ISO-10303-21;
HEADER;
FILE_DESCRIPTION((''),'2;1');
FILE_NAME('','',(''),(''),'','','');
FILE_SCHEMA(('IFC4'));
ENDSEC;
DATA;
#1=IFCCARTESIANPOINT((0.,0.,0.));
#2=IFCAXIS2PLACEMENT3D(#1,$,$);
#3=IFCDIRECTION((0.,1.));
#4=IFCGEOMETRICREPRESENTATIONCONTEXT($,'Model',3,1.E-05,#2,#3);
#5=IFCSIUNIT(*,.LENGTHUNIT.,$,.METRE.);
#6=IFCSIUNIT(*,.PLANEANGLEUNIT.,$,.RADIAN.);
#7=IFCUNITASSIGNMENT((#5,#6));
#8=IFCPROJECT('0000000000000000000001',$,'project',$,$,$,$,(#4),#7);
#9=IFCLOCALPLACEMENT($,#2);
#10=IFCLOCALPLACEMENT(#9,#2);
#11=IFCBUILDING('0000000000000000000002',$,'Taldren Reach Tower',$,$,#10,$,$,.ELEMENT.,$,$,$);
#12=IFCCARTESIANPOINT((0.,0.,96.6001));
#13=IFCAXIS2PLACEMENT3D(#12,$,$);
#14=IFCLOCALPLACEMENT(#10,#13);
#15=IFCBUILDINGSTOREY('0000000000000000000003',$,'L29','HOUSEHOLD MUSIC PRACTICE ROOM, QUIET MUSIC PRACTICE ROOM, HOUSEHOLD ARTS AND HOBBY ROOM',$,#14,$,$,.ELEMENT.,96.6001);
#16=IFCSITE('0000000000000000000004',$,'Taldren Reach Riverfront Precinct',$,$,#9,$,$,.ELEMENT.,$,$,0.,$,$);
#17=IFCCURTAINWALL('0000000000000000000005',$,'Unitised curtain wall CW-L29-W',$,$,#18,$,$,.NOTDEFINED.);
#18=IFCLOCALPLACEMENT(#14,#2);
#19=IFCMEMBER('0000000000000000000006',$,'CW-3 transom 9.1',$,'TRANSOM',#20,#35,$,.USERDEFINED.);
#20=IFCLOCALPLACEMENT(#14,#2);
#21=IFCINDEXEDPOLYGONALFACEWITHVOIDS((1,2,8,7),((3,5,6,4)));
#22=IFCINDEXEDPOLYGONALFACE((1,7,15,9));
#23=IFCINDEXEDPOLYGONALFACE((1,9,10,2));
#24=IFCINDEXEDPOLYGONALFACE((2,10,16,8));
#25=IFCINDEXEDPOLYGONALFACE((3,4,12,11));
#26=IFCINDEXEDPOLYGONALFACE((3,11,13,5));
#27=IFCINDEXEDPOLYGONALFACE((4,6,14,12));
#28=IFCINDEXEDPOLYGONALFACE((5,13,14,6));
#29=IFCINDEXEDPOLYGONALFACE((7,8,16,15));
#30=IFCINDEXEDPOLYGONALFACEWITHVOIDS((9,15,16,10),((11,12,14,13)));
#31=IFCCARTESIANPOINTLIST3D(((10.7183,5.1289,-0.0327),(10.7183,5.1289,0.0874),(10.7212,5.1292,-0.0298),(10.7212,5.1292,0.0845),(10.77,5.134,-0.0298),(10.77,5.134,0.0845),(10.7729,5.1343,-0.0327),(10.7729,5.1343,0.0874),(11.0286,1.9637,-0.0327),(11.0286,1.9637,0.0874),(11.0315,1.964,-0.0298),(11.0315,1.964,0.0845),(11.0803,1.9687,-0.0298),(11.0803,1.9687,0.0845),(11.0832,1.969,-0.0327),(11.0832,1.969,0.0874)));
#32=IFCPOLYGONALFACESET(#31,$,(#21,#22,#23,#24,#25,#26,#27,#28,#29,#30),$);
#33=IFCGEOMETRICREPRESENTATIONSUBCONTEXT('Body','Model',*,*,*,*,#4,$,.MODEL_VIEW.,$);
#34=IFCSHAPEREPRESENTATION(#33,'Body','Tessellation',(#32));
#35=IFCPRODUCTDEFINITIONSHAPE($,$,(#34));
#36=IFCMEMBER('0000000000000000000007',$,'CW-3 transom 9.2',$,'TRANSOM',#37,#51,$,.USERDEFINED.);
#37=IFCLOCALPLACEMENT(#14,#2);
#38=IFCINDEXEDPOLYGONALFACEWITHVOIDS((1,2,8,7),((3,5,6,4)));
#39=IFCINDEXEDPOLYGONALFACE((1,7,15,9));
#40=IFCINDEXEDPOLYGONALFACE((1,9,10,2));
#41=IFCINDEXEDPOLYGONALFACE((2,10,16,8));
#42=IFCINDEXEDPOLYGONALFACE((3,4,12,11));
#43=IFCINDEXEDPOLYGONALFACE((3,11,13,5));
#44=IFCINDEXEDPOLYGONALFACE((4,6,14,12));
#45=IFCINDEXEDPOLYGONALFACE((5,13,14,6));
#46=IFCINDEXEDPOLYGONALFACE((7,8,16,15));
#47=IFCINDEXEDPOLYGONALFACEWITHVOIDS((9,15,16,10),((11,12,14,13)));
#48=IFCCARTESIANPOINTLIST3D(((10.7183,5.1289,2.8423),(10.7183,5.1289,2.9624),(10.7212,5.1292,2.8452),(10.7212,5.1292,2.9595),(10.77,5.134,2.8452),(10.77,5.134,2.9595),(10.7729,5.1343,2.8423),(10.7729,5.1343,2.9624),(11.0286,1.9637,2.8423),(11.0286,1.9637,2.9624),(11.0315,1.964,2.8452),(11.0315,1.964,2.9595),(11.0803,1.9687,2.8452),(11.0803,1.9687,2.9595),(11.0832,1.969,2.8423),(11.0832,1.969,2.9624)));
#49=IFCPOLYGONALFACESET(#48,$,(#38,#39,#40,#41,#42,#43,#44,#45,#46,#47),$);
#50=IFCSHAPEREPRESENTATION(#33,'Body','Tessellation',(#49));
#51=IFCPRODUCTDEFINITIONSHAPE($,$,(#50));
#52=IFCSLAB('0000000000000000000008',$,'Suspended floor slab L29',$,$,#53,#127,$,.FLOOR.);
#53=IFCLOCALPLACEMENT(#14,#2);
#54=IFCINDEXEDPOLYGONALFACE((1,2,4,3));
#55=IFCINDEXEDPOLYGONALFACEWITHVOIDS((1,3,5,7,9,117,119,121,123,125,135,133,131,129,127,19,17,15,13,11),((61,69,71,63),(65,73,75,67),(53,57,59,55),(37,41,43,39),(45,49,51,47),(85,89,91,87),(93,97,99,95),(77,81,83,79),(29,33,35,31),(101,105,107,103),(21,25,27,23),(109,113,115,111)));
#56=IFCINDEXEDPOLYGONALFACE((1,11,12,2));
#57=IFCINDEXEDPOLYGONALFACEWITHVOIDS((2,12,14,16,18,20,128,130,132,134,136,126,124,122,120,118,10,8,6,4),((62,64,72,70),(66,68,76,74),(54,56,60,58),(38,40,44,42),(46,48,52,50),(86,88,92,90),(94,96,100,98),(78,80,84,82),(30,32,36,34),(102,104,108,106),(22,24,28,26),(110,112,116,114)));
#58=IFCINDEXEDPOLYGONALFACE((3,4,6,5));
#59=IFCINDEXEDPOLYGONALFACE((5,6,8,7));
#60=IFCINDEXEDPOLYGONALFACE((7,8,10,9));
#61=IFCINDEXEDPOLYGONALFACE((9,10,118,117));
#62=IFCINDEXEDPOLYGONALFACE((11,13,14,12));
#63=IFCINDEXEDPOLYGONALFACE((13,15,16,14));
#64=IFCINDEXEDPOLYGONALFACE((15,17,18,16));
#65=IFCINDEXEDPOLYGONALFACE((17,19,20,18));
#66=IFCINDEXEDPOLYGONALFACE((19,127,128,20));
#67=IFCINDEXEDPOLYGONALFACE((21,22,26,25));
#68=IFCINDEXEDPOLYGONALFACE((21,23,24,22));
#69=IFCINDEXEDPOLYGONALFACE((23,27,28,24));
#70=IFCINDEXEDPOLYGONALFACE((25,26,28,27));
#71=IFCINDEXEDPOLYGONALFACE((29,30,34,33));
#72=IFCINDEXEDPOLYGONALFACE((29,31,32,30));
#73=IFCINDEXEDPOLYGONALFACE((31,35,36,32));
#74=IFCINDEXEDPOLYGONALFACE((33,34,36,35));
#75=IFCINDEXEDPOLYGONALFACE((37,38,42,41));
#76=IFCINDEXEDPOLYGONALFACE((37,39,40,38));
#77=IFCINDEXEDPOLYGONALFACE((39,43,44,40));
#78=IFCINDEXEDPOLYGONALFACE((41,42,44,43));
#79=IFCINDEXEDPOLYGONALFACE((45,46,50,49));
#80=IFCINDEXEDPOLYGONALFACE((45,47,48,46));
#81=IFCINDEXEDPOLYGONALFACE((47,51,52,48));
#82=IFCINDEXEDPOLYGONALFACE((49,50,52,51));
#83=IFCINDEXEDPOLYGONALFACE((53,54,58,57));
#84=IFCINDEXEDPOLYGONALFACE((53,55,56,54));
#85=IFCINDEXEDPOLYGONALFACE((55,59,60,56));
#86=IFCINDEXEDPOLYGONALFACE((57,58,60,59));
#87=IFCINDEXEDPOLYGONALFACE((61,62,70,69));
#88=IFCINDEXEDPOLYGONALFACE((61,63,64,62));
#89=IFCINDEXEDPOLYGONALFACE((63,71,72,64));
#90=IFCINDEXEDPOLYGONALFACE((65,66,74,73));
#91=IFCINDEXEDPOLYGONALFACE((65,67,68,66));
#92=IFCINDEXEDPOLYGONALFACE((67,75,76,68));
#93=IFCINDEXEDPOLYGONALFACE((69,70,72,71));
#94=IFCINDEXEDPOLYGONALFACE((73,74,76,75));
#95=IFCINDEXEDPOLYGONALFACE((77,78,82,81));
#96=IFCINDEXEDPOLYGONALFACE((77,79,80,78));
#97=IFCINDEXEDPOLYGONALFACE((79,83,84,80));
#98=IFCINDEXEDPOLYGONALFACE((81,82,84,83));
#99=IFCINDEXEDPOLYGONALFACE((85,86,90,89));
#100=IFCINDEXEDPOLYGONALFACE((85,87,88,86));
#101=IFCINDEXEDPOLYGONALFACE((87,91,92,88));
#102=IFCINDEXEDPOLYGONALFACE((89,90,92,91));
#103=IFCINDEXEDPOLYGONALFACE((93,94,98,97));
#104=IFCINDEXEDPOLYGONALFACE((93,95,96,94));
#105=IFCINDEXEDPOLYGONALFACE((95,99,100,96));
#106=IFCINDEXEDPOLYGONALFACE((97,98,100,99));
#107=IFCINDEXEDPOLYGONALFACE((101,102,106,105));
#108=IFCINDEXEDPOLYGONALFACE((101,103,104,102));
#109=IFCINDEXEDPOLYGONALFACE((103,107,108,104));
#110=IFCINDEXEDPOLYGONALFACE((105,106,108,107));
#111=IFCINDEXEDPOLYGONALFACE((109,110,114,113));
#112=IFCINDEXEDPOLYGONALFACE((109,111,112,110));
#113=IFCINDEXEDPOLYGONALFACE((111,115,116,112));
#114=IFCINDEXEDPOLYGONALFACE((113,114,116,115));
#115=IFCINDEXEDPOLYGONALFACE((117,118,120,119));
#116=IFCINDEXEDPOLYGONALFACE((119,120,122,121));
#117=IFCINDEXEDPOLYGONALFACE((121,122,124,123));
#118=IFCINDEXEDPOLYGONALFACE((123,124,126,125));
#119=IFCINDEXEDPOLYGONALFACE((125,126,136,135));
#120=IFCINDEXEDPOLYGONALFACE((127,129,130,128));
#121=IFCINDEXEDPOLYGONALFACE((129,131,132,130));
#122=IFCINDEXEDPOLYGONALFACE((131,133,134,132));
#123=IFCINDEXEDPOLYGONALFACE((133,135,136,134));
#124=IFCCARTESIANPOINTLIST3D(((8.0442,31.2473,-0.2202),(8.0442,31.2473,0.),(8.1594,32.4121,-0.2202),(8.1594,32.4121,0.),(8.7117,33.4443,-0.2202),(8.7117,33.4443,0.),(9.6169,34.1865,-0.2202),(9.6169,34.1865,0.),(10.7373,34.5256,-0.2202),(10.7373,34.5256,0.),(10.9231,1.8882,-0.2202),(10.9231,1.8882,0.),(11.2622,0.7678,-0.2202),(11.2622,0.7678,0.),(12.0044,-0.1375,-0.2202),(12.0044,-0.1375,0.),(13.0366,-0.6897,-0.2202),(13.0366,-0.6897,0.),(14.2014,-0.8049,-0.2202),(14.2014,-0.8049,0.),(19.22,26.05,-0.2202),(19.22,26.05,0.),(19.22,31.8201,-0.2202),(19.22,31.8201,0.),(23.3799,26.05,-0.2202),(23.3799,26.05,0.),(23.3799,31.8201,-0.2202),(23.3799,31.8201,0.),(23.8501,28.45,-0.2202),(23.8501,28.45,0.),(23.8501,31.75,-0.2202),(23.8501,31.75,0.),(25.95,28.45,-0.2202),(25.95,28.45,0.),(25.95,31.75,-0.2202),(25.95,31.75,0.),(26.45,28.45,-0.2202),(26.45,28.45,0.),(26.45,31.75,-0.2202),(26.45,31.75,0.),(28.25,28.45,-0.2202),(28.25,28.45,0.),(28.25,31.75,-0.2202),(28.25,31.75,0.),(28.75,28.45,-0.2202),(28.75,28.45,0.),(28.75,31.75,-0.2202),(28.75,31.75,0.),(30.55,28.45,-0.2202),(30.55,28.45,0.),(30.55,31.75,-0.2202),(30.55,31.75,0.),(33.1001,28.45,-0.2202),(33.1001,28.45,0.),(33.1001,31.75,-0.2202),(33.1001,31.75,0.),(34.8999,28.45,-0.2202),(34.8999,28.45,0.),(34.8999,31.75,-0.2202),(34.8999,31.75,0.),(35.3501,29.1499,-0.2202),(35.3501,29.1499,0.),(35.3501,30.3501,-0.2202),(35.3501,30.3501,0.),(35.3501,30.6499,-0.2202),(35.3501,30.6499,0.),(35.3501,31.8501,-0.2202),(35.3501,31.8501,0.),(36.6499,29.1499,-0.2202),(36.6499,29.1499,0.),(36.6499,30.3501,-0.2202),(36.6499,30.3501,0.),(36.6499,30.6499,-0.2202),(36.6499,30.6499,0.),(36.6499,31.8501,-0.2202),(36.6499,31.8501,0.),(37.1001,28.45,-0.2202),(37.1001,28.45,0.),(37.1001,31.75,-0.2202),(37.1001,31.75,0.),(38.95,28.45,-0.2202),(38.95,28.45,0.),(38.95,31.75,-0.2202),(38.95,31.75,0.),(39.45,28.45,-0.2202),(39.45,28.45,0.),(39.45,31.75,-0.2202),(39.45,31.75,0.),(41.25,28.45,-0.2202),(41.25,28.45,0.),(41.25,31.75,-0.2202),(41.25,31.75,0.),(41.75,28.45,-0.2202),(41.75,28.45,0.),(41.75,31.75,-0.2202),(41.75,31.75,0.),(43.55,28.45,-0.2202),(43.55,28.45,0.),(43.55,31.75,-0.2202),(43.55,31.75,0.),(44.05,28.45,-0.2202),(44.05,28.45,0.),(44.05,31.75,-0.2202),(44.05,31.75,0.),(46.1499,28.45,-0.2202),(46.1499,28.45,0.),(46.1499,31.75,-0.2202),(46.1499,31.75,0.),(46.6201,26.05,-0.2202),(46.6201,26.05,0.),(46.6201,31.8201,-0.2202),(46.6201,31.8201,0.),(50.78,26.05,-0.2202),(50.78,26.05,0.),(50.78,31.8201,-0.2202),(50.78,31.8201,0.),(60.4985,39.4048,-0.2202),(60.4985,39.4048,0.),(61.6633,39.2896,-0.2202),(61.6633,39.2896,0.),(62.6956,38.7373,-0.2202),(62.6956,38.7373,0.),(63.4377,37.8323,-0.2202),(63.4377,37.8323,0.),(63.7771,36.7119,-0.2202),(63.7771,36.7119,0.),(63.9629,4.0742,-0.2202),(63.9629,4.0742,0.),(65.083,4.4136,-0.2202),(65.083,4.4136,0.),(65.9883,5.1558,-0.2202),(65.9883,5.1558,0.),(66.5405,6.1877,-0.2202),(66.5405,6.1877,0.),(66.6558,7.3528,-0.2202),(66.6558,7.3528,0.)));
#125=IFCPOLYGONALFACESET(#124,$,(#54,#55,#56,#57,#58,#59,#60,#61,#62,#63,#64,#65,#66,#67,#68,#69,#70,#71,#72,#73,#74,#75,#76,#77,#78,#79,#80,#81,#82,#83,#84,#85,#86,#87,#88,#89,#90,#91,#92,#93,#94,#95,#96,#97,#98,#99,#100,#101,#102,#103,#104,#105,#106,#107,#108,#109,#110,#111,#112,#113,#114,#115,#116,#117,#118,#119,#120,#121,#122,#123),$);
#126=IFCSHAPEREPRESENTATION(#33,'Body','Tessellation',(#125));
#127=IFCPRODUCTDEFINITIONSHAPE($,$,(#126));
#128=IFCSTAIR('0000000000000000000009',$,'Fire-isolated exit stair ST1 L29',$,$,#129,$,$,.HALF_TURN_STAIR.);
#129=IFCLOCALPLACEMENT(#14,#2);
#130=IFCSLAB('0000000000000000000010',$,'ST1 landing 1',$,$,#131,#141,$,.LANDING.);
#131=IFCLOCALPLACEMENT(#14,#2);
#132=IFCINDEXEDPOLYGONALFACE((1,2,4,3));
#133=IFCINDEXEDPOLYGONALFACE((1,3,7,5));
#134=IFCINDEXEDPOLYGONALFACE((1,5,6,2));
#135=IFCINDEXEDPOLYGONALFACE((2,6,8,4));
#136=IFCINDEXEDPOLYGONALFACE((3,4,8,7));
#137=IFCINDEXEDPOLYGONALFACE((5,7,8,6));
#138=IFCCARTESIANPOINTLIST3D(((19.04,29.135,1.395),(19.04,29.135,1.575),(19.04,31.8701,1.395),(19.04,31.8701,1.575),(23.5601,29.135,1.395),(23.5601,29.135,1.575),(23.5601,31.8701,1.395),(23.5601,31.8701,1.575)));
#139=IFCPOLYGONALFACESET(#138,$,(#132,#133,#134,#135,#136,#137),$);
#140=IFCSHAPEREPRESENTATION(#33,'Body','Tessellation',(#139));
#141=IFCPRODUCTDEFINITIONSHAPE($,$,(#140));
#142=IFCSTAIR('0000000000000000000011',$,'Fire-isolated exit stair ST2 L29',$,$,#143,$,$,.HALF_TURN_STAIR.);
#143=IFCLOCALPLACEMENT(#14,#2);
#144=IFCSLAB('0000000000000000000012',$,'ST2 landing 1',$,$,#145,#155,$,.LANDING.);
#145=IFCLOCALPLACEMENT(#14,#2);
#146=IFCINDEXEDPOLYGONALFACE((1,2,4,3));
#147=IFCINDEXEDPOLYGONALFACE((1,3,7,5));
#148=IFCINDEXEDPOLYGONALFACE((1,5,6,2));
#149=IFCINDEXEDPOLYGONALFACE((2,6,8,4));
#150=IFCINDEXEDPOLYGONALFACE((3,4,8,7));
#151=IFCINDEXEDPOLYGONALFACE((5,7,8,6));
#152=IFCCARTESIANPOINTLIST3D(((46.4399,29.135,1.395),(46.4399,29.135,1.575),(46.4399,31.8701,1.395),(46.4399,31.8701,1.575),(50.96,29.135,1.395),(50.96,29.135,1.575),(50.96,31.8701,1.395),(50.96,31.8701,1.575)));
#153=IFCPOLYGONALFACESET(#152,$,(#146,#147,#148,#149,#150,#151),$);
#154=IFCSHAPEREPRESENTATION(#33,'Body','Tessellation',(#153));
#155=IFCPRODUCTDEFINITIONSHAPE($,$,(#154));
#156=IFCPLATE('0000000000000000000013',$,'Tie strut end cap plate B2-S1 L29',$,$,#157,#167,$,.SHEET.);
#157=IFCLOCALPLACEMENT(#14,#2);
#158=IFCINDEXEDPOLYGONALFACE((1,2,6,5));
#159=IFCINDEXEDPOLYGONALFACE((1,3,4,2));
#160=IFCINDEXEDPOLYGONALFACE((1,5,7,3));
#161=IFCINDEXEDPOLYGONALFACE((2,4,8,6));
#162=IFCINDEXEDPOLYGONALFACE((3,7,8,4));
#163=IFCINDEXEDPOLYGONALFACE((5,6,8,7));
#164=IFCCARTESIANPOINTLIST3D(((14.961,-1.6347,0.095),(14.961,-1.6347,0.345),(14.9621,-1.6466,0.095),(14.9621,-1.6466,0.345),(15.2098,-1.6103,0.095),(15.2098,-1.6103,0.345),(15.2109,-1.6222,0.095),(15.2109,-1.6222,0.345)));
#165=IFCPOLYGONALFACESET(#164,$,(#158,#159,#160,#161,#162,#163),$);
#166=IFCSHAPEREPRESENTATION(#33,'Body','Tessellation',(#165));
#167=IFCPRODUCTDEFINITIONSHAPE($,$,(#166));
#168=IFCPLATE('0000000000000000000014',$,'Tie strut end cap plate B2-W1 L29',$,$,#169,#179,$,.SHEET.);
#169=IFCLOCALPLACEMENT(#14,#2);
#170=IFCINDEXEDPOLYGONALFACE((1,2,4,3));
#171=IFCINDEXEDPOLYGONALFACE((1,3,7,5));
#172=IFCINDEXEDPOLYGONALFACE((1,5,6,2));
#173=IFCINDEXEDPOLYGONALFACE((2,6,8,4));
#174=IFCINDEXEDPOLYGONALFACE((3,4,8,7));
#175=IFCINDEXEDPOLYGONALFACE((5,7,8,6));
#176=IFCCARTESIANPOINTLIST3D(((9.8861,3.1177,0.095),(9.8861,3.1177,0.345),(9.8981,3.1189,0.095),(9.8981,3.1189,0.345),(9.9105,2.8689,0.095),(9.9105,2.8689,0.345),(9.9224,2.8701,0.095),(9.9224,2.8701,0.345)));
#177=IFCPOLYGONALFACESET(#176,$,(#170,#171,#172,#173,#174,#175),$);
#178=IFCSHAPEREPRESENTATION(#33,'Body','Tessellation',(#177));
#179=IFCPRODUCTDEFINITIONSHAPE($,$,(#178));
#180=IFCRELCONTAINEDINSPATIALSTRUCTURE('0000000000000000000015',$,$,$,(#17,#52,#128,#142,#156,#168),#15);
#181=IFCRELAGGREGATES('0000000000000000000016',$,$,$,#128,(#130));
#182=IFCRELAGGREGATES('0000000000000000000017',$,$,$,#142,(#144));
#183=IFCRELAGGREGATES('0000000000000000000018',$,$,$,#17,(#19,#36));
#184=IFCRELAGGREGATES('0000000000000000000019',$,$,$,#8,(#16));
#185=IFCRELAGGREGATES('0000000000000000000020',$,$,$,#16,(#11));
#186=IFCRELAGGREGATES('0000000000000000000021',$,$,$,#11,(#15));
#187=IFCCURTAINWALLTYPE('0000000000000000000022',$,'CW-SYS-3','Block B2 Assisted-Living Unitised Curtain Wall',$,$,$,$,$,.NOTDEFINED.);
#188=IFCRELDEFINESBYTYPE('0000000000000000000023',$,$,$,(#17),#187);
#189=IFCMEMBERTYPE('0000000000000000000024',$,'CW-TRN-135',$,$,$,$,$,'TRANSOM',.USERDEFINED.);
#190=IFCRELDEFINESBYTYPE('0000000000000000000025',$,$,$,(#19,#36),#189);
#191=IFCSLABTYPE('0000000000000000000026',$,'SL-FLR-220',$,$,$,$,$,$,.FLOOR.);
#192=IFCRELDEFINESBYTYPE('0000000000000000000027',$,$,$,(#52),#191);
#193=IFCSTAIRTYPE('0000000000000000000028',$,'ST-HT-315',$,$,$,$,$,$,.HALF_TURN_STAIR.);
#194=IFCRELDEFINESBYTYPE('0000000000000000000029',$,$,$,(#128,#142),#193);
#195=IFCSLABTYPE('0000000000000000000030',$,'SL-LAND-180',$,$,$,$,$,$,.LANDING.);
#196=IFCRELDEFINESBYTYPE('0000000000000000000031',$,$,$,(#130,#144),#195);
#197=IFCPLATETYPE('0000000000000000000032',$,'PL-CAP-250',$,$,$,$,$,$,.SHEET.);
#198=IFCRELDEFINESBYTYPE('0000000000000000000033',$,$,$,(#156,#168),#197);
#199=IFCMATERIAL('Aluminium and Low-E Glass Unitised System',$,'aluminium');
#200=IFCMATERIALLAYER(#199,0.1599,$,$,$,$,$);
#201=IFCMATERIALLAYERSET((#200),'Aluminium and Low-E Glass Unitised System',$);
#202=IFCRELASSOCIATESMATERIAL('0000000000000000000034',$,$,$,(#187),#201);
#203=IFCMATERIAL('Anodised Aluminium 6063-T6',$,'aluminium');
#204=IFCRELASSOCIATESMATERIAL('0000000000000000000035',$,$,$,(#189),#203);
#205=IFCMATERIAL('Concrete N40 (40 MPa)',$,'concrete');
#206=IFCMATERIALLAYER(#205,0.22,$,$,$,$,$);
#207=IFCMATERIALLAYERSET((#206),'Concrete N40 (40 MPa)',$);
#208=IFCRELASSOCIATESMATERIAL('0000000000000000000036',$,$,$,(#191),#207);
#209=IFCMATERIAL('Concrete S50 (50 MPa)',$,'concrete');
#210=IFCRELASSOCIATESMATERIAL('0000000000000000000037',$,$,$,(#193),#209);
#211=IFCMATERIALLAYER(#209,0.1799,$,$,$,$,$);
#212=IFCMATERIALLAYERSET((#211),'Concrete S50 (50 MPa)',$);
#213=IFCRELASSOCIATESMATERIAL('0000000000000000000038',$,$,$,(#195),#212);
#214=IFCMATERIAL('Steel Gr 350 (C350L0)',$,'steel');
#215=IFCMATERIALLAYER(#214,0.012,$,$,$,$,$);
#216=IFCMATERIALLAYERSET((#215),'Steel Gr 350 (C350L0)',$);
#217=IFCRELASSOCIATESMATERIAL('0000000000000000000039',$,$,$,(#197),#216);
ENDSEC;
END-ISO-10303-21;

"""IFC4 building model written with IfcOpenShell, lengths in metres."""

from ifc_helpers import new_model, si_unit, direction, frame, origin, origin_2d, place, context, subcontext, project, spatial, polyline, rectangle, hollow_rectangle, outline, extrude, source, transform, mapped, material, layer, layer_set, material_profile, profile_set, type_object, element, aggregate, save


model = new_model("IFC4")

# Units and contexts
model_context = context("Model", 3, precision=1e-05, world=origin(), true_north=direction((0.0, 1.0)))
body_context = subcontext(model_context, "Body", "Model", "MODEL_VIEW")
ifc_project = project(units=[si_unit("LENGTHUNIT", "METRE"), si_unit("PLANEANGLEUNIT", "RADIAN")], contexts=[model_context])

# Site, building, storey
site_placement = place(None, origin())
site = spatial("IfcSite", under=ifc_project, at=site_placement, Name="Taldren Reach Riverfront Precinct", CompositionType="ELEMENT", RefElevation=0.0)
building_placement = place(site_placement, origin())
building = spatial("IfcBuilding", under=site, at=building_placement, Name="Taldren Reach Tower", CompositionType="ELEMENT")
storey_placement = place(building_placement, frame((0.0, 0.0, 96.6001)))
storey = spatial("IfcBuildingStorey", under=building, at=storey_placement, Name="L29", Description="HOUSEHOLD MUSIC PRACTICE ROOM, QUIET MUSIC PRACTICE ROOM, HOUSEHOLD ARTS AND HOBBY ROOM", CompositionType="ELEMENT", Elevation=96.6001)

# Shared definitions
ifc_material_1 = material(Name="Steel Gr 350 (C350L0)", Category="steel")

# Shared definitions
ifc_material_2 = material(Name="Aluminium and Low-E Glass Unitised System", Category="aluminium")
ifc_layer_1 = layer(ifc_material_2, 0.1599)
ifc_layer_set_1 = layer_set([ifc_layer_1], Name="Aluminium and Low-E Glass Unitised System")
curtain_wall_type = type_object("IfcCurtainWallType", Name="CW-SYS-3", Description="Block B2 Assisted-Living Unitised Curtain Wall", PredefinedType="NOTDEFINED", material=ifc_layer_set_1)
ifc_material_3 = material(Name="Anodised Aluminium 6063-T6", Category="aluminium")

# Curtain wall
curtain_wall_1_placement = place(storey_placement, origin())
curtain_wall_1 = element("IfcCurtainWall", 1, at=curtain_wall_1_placement, inside=storey, type_object=curtain_wall_type, Name="Unitised curtain wall CW-L29-W", PredefinedType="NOTDEFINED")

# Members
ifc_material_profile_1 = material_profile(ifc_material_3, hollow_rectangle(XDim=0.0549, YDim=0.1201, WallThickness=0.0029, at=origin_2d()), Name="ALU-120x55x3RHS")
ifc_profile_set_1 = profile_set([ifc_material_profile_1], Name="Anodised Aluminium 6063-T6")
member_type_1 = type_object("IfcMemberType", Name="CW-TRN-135", ElementType="TRANSOM", PredefinedType="USERDEFINED", material=ifc_profile_set_1)
shared_shape_1 = source(origin(), body_context, "Body", "SweptSolid", [
    extrude(hollow_rectangle(XDim=0.0549, YDim=0.1201, WallThickness=0.0029, at=origin_2d()), origin(), (0.0, 0.0, 1.0), 3.1804),
])
member_1_placement = place(storey_placement, frame((10.7456, 5.1316, 0.0273), z_axis=(0.097565, -0.995229, 0.0), x_axis=(0.995229, 0.097565, 0.0)))
member_1 = element("IfcMember", 2, at=member_1_placement, type_object=member_type_1, Name="CW-3 transom 9.1", ObjectType="TRANSOM", PredefinedType="USERDEFINED", context=body_context, shape_type="MappedRepresentation", body=[
    mapped(shared_shape_1, transform((0.0, 0.0, 0.0), scale=1.0)),
])
member_2_placement = place(storey_placement, frame((10.7456, 5.1316, 2.9023), z_axis=(0.097565, -0.995229, 0.0), x_axis=(0.995229, 0.097565, 0.0)))
member_2 = element("IfcMember", 3, at=member_2_placement, type_object=member_type_1, Name="CW-3 transom 9.2", ObjectType="TRANSOM", PredefinedType="USERDEFINED", context=body_context, shape_type="MappedRepresentation", body=[
    mapped(shared_shape_1, transform((0.0, 0.0, 0.0), scale=1.0)),
])

# Slab
ifc_material_4 = material(Name="Concrete N40 (40 MPa)", Category="concrete")
ifc_layer_2 = layer(ifc_material_4, 0.22)
ifc_layer_set_2 = layer_set([ifc_layer_2], Name="Concrete N40 (40 MPa)")
slab_type_1 = type_object("IfcSlabType", Name="SL-FLR-220", PredefinedType="FLOOR", material=ifc_layer_set_2)
slab_1_placement = place(storey_placement, frame((0.0, 0.0, -0.2202)))
element("IfcSlab", 4, at=slab_1_placement, inside=storey, type_object=slab_type_1, Name="Suspended floor slab L29", PredefinedType="FLOOR", context=body_context, shape_type="SweptSolid", body=[
    extrude(outline(polyline([(63.9629, 4.0742), (65.083, 4.4136), (65.9883, 5.1558), (66.5405, 6.1877), (66.6558, 7.3528), (63.7771, 36.7119), (63.4377, 37.8323), (62.6956, 38.7373), (61.6633, 39.2896), (60.4985, 39.4048), (10.7373, 34.5256), (9.6169, 34.1865), (8.7117, 33.4443), (8.1594, 32.4121), (8.0442, 31.2473), (10.9231, 1.8882), (11.2622, 0.7678), (12.0044, -0.1375), (13.0366, -0.6897), (14.2014, -0.8049), (63.9629, 4.0742)]), holes=[polyline([(19.22, 26.05), (23.3799, 26.05), (23.3799, 31.8201), (19.22, 31.8201), (19.22, 26.05)]), polyline([(46.6201, 26.05), (50.78, 26.05), (50.78, 31.8201), (46.6201, 31.8201), (46.6201, 26.05)]), polyline([(23.8501, 28.45), (25.95, 28.45), (25.95, 31.75), (23.8501, 31.75), (23.8501, 28.45)]), polyline([(44.05, 28.45), (46.1499, 28.45), (46.1499, 31.75), (44.05, 31.75), (44.05, 28.45)]), polyline([(26.45, 28.45), (28.25, 28.45), (28.25, 31.75), (26.45, 31.75), (26.45, 28.45)]), polyline([(28.75, 28.45), (30.55, 28.45), (30.55, 31.75), (28.75, 31.75), (28.75, 28.45)]), polyline([(33.1001, 28.45), (34.8999, 28.45), (34.8999, 31.75), (33.1001, 31.75), (33.1001, 28.45)]), polyline([(37.1001, 28.45), (38.95, 28.45), (38.95, 31.75), (37.1001, 31.75), (37.1001, 28.45)]), polyline([(39.45, 28.45), (41.25, 28.45), (41.25, 31.75), (39.45, 31.75), (39.45, 28.45)]), polyline([(41.75, 28.45), (43.55, 28.45), (43.55, 31.75), (41.75, 31.75), (41.75, 28.45)]), polyline([(35.3501, 30.6499), (36.6499, 30.6499), (36.6499, 31.8501), (35.3501, 31.8501), (35.3501, 30.6499)]), polyline([(35.3501, 29.1499), (36.6499, 29.1499), (36.6499, 30.3501), (35.3501, 30.3501), (35.3501, 29.1499)])]), origin(), (0.0, 0.0, 1.0), 0.2202),
])

# Stairs, slabs
ifc_material_5 = material(Name="Concrete S50 (50 MPa)", Category="concrete")
stair_type = type_object("IfcStairType", Name="ST-HT-315", PredefinedType="HALF_TURN_STAIR", material=ifc_material_5)
stair_1_placement = place(storey_placement, origin())
stair_1 = element("IfcStair", 5, at=stair_1_placement, inside=storey, type_object=stair_type, Name="Fire-isolated exit stair ST1 L29", PredefinedType="HALF_TURN_STAIR")
ifc_layer_3 = layer(ifc_material_5, 0.1799)
ifc_layer_set_3 = layer_set([ifc_layer_3], Name="Concrete S50 (50 MPa)")
slab_type_2 = type_object("IfcSlabType", Name="SL-LAND-180", PredefinedType="LANDING", material=ifc_layer_set_3)
slab_2_placement = place(storey_placement, frame((0.0, 0.0, 1.395)))
slab_2 = element("IfcSlab", 6, at=slab_2_placement, type_object=slab_type_2, Name="ST1 landing 1", PredefinedType="LANDING", context=body_context, shape_type="SweptSolid", body=[
    extrude(outline(polyline([(19.04, 29.135), (23.5601, 29.135), (23.5601, 31.8701), (19.04, 31.8701), (19.04, 29.135)])), origin(), (0.0, 0.0, 1.0), 0.1799),
])
aggregate(stair_1, [slab_2])
stair_2_placement = place(storey_placement, origin())
stair_2 = element("IfcStair", 7, at=stair_2_placement, inside=storey, type_object=stair_type, Name="Fire-isolated exit stair ST2 L29", PredefinedType="HALF_TURN_STAIR")
slab_3_placement = place(storey_placement, frame((0.0, 0.0, 1.395)))
slab_3 = element("IfcSlab", 8, at=slab_3_placement, type_object=slab_type_2, Name="ST2 landing 1", PredefinedType="LANDING", context=body_context, shape_type="SweptSolid", body=[
    extrude(outline(polyline([(46.4399, 29.135), (50.96, 29.135), (50.96, 31.8701), (46.4399, 31.8701), (46.4399, 29.135)])), origin(), (0.0, 0.0, 1.0), 0.1799),
])
aggregate(stair_2, [slab_3])

# Plates
ifc_layer_4 = layer(ifc_material_1, 0.012)
ifc_layer_set_4 = layer_set([ifc_layer_4], Name="Steel Gr 350 (C350L0)")
plate_type_1 = type_object("IfcPlateType", Name="PL-CAP-250", PredefinedType="SHEET", material=ifc_layer_set_4)
shared_shape_2 = source(origin(), body_context, "Body", "SweptSolid", [
    extrude(rectangle(XDim=0.25, YDim=0.012, at=origin_2d()), origin(), (0.0, 0.0, 1.0), 0.25),
])
plate_1_placement = place(storey_placement, frame((15.0859, -1.6284, 0.095), z_axis=(0.0, 0.0, 1.0), x_axis=(0.995227, 0.097583, 0.0)))
element("IfcPlate", 9, at=plate_1_placement, inside=storey, type_object=plate_type_1, Name="Tie strut end cap plate B2-S1 L29", PredefinedType="SHEET", context=body_context, shape_type="MappedRepresentation", body=[
    mapped(shared_shape_2, transform((0.0, 0.0, 0.0), scale=1.0)),
])
shared_shape_3 = source(origin(), body_context, "Body", "SweptSolid", [
    extrude(rectangle(XDim=0.012, YDim=0.25, at=origin_2d()), origin(), (0.0, 0.0, 1.0), 0.25),
])
plate_2_placement = place(storey_placement, frame((9.9043, 2.9939, 0.095), z_axis=(0.0, 0.0, 1.0), x_axis=(0.995227, 0.097583, 0.0)))
element("IfcPlate", 10, at=plate_2_placement, inside=storey, type_object=plate_type_1, Name="Tie strut end cap plate B2-W1 L29", PredefinedType="SHEET", context=body_context, shape_type="MappedRepresentation", body=[
    mapped(shared_shape_3, transform((0.0, 0.0, 0.0), scale=1.0)),
])

aggregate(curtain_wall_1, [member_1, member_2])

save(model, "model.ifc")
